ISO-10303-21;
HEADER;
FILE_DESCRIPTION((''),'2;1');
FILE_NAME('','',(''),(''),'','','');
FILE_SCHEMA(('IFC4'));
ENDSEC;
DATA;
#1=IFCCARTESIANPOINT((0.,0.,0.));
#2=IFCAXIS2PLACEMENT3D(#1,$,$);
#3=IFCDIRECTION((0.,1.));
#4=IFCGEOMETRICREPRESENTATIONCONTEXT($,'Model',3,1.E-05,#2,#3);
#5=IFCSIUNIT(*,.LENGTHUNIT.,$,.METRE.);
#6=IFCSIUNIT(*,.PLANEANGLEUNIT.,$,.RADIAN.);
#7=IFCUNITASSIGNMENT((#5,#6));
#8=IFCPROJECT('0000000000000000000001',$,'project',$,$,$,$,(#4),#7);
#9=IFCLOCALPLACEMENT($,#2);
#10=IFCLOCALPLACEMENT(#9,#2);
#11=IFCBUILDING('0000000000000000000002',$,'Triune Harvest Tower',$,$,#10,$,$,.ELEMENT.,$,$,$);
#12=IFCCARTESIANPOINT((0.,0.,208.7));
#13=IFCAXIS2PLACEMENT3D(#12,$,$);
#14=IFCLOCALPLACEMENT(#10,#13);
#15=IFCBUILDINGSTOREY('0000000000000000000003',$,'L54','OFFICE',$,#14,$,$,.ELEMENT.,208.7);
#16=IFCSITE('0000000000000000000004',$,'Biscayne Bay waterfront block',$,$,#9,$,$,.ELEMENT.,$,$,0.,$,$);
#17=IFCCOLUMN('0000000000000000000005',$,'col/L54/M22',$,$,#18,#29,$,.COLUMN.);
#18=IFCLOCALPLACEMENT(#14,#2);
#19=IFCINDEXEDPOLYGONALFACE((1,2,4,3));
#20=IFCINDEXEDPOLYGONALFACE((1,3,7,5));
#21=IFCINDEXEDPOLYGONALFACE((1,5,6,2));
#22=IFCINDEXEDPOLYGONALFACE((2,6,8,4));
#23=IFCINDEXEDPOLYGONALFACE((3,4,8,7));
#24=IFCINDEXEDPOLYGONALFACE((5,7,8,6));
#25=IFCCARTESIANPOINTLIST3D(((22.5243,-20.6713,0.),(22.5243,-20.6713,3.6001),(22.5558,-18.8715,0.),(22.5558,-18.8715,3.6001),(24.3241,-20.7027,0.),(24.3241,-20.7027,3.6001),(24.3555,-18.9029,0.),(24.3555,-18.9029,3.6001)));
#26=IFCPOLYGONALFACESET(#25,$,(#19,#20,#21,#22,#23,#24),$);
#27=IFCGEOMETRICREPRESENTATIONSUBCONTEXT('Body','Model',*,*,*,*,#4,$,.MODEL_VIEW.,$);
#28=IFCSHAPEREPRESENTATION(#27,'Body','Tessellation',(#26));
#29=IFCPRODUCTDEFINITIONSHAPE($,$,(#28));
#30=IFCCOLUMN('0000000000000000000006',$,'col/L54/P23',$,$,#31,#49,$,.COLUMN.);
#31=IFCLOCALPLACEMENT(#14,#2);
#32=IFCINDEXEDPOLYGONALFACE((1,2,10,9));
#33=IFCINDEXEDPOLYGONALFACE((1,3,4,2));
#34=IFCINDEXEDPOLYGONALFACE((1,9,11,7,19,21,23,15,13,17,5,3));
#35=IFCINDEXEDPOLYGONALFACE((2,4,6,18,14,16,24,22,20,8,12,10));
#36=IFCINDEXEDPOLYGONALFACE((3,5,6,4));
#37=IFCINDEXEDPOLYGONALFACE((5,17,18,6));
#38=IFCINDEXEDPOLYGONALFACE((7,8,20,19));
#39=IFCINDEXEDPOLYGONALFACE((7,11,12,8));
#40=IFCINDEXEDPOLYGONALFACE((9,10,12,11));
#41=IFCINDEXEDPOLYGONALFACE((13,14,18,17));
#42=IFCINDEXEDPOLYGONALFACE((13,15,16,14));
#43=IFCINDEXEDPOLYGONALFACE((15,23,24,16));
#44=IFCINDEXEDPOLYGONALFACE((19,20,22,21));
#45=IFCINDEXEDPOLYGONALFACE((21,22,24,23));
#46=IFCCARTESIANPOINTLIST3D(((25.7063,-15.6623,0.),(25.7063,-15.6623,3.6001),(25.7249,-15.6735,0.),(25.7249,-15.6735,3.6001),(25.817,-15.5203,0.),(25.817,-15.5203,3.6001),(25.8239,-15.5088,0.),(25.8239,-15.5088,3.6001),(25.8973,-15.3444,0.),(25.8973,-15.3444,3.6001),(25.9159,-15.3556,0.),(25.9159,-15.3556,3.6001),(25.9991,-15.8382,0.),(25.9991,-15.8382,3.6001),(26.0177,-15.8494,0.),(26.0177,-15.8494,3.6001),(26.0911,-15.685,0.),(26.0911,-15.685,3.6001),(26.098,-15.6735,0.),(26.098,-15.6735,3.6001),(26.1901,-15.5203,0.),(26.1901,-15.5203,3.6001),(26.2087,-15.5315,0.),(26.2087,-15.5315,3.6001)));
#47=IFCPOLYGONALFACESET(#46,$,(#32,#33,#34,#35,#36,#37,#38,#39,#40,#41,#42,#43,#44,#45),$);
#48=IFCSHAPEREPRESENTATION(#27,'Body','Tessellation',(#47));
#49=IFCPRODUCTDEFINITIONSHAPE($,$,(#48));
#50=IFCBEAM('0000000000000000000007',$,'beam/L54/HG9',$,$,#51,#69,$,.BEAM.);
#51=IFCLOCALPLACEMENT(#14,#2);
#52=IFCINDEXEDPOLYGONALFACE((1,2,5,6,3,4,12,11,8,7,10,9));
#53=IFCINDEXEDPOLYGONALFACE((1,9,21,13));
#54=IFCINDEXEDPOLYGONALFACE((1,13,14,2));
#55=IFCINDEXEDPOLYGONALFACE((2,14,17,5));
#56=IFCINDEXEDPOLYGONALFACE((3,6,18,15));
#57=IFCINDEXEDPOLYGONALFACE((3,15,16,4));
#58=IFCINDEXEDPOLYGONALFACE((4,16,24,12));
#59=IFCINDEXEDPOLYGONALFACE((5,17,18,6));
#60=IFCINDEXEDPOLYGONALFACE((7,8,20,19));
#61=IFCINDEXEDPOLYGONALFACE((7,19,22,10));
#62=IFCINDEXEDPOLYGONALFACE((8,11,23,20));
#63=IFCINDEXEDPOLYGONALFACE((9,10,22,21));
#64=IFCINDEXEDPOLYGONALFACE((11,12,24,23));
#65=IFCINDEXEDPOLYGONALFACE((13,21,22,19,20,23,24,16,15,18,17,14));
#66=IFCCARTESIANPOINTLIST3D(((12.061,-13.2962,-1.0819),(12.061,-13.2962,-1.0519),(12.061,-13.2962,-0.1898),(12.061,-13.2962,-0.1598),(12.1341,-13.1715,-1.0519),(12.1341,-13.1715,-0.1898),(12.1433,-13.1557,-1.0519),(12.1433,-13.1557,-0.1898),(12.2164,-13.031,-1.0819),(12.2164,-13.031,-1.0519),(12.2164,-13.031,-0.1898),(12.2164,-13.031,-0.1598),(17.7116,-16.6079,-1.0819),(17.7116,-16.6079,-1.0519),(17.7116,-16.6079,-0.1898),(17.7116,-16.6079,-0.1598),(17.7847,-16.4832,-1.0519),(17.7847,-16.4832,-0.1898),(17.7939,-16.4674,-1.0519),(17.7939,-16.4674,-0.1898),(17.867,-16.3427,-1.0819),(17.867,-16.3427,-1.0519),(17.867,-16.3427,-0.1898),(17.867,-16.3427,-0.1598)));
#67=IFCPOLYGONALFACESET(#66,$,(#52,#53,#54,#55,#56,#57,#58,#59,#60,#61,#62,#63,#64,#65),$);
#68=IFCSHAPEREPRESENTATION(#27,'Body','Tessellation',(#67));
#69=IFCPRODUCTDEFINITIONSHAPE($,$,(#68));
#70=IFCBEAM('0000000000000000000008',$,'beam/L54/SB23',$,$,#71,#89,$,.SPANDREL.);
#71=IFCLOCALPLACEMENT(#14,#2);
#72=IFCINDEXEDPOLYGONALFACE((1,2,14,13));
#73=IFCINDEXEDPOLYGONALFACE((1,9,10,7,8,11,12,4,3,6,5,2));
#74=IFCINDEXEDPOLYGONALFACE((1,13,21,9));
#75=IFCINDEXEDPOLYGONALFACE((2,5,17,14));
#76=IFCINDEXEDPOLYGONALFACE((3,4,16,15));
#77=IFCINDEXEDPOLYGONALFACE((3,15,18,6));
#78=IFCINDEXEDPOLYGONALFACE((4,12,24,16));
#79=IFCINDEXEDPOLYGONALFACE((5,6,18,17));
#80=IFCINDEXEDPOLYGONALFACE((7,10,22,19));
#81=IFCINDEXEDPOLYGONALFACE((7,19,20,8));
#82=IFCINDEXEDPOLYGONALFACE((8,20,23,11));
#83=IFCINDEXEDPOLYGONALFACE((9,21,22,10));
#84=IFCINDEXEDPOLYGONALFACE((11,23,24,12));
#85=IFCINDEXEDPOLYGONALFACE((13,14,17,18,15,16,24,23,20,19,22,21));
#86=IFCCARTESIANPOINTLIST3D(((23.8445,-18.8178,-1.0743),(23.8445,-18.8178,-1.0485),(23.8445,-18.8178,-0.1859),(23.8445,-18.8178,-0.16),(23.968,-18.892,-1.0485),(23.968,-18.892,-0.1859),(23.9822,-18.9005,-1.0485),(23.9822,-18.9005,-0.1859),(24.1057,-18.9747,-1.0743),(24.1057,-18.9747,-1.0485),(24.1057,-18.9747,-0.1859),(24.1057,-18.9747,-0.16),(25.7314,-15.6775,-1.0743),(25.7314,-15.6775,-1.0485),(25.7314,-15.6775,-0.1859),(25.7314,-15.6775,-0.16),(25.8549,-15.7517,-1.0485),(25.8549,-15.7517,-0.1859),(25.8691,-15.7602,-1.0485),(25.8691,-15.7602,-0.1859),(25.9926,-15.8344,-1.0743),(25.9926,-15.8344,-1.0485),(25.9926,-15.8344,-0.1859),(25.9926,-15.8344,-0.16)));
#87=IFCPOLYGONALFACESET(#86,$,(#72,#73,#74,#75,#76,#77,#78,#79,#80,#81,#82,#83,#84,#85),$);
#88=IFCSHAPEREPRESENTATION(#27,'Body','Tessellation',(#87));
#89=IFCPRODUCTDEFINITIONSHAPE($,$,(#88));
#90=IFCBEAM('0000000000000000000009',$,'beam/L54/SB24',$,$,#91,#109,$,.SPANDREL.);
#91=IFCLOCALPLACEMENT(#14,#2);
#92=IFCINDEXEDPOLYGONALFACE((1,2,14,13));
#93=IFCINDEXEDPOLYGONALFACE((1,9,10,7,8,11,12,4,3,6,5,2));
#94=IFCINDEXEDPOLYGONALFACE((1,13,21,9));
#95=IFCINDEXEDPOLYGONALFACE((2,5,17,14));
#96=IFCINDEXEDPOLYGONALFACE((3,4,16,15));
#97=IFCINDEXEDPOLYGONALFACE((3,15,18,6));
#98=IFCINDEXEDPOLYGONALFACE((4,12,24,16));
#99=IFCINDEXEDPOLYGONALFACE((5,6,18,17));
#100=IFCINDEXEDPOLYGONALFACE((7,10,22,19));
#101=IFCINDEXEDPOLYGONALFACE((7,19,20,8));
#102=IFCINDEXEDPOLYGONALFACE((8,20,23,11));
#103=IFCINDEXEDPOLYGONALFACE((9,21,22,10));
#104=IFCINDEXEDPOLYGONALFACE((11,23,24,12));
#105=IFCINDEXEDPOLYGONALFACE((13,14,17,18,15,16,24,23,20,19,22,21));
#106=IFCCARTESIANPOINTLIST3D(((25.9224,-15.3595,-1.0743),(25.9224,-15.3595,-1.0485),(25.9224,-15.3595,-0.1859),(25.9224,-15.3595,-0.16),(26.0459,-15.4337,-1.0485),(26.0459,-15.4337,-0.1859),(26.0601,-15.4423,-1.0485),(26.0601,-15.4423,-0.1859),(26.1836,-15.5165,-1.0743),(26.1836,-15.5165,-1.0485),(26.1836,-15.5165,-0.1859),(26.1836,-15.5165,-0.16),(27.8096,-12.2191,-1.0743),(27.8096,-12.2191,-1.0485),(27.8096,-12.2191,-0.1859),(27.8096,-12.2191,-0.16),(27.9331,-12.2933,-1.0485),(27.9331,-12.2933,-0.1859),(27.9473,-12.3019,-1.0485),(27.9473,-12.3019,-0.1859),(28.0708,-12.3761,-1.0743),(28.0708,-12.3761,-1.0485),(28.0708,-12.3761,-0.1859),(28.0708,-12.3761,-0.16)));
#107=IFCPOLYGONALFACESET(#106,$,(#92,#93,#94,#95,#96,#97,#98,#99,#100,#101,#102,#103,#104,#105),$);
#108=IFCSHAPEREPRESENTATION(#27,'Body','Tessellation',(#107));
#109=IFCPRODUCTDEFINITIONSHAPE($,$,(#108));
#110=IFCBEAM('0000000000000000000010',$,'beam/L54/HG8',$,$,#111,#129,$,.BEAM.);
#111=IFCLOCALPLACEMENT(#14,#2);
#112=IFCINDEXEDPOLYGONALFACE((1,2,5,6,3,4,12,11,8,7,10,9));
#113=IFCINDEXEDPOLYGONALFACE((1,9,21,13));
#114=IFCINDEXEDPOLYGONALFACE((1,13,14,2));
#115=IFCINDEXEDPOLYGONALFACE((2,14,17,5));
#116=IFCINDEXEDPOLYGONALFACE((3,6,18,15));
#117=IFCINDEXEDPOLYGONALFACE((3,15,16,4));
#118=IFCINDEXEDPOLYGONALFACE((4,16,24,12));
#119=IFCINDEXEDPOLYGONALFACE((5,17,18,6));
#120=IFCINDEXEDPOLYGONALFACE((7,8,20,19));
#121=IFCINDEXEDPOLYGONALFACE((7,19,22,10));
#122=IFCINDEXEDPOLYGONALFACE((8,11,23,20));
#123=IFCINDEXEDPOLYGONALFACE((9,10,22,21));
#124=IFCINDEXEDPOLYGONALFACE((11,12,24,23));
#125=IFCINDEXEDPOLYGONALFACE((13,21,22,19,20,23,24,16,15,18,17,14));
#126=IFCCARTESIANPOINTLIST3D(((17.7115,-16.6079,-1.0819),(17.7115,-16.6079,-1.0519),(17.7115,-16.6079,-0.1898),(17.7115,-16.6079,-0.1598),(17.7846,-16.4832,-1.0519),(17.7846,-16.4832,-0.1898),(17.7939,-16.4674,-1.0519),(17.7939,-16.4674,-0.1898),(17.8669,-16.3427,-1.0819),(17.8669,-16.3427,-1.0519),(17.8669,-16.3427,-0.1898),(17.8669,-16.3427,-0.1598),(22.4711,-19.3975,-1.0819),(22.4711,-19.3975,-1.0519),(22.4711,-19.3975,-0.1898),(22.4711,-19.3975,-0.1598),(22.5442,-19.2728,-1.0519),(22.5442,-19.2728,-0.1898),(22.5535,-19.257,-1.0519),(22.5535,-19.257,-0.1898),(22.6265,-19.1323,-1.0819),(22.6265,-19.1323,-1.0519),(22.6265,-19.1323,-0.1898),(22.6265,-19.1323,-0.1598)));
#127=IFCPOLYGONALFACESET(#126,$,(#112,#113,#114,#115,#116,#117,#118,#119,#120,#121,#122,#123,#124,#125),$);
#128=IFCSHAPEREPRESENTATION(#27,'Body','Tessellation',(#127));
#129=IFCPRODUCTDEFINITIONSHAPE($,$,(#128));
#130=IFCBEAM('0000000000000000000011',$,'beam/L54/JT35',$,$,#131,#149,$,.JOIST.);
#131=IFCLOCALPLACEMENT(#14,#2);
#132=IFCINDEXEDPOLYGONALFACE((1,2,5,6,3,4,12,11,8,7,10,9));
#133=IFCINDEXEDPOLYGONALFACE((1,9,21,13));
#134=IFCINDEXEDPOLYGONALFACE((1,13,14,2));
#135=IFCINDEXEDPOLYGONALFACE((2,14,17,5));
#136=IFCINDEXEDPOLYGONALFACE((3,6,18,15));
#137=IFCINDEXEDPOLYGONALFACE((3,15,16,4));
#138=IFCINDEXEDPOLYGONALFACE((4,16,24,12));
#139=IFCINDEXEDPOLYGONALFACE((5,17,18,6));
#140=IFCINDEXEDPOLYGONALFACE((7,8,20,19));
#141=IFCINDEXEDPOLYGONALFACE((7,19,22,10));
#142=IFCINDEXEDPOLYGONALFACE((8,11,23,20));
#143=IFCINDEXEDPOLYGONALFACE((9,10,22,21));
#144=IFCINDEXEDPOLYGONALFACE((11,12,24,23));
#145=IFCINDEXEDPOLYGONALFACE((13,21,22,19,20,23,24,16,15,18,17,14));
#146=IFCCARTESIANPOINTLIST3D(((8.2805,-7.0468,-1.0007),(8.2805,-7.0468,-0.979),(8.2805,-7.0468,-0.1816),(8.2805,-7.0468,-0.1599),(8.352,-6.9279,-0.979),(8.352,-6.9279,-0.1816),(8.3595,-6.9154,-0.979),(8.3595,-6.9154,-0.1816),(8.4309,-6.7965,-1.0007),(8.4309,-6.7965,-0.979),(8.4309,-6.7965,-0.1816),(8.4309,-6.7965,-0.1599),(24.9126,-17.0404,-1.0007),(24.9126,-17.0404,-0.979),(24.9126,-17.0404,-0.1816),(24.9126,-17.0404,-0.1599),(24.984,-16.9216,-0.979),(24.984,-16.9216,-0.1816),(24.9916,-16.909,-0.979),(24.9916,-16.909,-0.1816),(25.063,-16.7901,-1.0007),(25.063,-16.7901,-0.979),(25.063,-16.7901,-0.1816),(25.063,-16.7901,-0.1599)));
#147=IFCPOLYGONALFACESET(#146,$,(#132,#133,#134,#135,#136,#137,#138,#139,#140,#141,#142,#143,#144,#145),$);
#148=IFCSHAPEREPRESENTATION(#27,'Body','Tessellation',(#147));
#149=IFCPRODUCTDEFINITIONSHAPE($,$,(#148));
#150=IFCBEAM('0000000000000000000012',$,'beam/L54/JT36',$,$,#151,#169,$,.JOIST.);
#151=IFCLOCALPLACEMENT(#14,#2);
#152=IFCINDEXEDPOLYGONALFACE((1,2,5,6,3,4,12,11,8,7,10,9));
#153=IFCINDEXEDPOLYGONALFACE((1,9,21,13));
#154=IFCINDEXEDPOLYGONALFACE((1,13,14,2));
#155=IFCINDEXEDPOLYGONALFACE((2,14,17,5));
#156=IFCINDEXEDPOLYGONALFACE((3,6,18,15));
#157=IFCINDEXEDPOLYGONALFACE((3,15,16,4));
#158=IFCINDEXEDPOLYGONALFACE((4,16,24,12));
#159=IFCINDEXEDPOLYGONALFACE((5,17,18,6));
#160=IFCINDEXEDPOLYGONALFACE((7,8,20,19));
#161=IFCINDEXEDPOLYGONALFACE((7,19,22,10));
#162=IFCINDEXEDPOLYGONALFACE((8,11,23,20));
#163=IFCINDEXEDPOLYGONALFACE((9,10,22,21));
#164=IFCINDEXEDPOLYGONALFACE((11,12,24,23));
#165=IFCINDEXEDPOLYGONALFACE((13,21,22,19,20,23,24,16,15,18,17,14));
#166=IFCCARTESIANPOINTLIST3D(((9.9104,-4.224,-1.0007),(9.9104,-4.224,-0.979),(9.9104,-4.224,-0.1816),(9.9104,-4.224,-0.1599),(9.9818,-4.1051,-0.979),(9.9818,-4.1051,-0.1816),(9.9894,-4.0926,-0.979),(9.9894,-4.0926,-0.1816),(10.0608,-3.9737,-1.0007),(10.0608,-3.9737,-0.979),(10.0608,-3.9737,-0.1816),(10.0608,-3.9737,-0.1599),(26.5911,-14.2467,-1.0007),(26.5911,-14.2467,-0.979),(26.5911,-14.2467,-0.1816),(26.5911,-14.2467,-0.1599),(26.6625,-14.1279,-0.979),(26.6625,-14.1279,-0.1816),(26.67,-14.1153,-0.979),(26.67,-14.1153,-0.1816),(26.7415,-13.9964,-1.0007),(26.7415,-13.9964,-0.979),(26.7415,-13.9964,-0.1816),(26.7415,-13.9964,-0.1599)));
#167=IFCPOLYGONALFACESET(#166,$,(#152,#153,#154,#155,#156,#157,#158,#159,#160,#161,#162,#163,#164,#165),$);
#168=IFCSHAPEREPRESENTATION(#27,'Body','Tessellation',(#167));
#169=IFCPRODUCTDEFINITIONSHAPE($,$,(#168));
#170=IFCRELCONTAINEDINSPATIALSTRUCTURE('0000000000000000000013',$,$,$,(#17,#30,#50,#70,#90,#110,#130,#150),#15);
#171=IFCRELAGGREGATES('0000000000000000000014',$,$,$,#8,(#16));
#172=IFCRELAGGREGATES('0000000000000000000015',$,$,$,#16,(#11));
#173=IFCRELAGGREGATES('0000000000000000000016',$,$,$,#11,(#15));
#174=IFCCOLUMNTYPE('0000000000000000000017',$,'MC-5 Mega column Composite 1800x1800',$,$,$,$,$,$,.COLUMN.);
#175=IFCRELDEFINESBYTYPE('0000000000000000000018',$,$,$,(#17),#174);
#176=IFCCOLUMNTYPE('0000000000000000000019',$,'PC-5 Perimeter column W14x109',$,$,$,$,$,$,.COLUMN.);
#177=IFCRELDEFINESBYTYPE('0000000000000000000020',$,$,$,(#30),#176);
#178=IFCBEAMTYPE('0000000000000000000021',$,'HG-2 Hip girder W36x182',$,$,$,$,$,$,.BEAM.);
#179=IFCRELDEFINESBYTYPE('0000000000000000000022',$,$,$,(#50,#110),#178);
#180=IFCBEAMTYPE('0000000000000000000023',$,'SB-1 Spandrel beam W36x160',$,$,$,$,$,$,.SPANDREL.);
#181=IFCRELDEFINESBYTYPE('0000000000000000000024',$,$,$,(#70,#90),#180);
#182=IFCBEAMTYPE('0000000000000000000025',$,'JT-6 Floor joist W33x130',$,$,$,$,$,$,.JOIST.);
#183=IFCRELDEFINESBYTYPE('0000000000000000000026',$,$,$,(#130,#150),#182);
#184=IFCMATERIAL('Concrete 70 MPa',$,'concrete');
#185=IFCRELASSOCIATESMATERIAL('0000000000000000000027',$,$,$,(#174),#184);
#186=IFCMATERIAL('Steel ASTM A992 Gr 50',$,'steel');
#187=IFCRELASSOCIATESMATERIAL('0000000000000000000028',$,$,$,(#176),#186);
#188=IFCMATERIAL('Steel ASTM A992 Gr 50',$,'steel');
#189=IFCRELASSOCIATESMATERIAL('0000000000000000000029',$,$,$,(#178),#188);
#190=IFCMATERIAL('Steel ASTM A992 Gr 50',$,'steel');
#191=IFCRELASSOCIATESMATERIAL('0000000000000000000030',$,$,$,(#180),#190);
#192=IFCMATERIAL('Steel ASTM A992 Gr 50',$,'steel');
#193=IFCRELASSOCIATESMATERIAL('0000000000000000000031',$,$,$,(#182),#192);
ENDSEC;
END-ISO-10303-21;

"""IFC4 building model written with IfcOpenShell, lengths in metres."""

from ifc_helpers import new_model, si_unit, direction, frame, origin, origin_2d, place, context, subcontext, project, spatial, rectangle, i_section, extrude, source, transform, mapped, material, material_profile, profile_set, type_object, element, save


model = new_model("IFC4")

# Units and contexts
model_context = context("Model", 3, precision=1e-05, world=origin(), true_north=direction((0.0, 1.0)))
body_context = subcontext(model_context, "Body", "Model", "MODEL_VIEW")
ifc_project = project(units=[si_unit("LENGTHUNIT", "METRE"), si_unit("PLANEANGLEUNIT", "RADIAN")], contexts=[model_context])

# Site, building, storey
site_placement = place(None, origin())
site = spatial("IfcSite", under=ifc_project, at=site_placement, Name="Biscayne Bay waterfront block", CompositionType="ELEMENT", RefElevation=0.0)
building_placement = place(site_placement, origin())
building = spatial("IfcBuilding", under=site, at=building_placement, Name="Triune Harvest Tower", CompositionType="ELEMENT")
storey_placement = place(building_placement, frame((0.0, 0.0, 208.7)))
storey = spatial("IfcBuildingStorey", under=building, at=storey_placement, Name="L54", Description="OFFICE", CompositionType="ELEMENT", Elevation=208.7)

# Columns
ifc_material_1 = material(Name="Concrete 70 MPa", Category="concrete")
ifc_material_profile_1 = material_profile(ifc_material_1, rectangle(XDim=1.8, YDim=1.8, at=origin_2d()), Name="Composite 1800x1800")
ifc_profile_set_1 = profile_set([ifc_material_profile_1], Name="Concrete 70 MPa")
column_type_1 = type_object("IfcColumnType", Name="MC-5 Mega column Composite 1800x1800", PredefinedType="COLUMN", material=ifc_profile_set_1)
shared_shape_1 = source(origin(), body_context, "Body", "SweptSolid", [
    extrude(rectangle(XDim=1.8, YDim=1.8, at=origin_2d()), origin(), (0.0, 0.0, 1.0), 3.6001),
])
column_1_placement = place(storey_placement, frame((23.4399, -19.7871, 0.0), z_axis=(0.0, 0.0, 1.0), x_axis=(0.999848, -0.017452, 0.0)))
element("IfcColumn", 1, at=column_1_placement, inside=storey, type_object=column_type_1, Name="col/L54/M22", PredefinedType="COLUMN", context=body_context, shape_type="MappedRepresentation", body=[
    mapped(shared_shape_1, transform((0.0, 0.0, 0.0), scale=1.0)),
])
ifc_material_2 = material(Name="Steel ASTM A992 Gr 50", Category="steel")
ifc_material_profile_2 = material_profile(ifc_material_2, i_section(OverallWidth=0.3708, OverallDepth=0.3633, WebThickness=0.0134, FlangeThickness=0.0217, at=origin_2d()), Name="W14x109")
ifc_profile_set_2 = profile_set([ifc_material_profile_2], Name="Steel ASTM A992 Gr 50")
column_type_2 = type_object("IfcColumnType", Name="PC-5 Perimeter column W14x109", PredefinedType="COLUMN", material=ifc_profile_set_2)
shared_shape_2 = source(origin(), body_context, "Body", "SweptSolid", [
    extrude(i_section(OverallWidth=0.3708, OverallDepth=0.3633, WebThickness=0.0134, FlangeThickness=0.0217, at=origin_2d()), origin(), (0.0, 0.0, 1.0), 3.6001),
])
column_2_placement = place(storey_placement, frame((25.9575, -15.5969, 0.0), z_axis=(0.0, 0.0, 1.0), x_axis=(0.51504, 0.857166, 0.0)))
element("IfcColumn", 2, at=column_2_placement, inside=storey, type_object=column_type_2, Name="col/L54/P23", PredefinedType="COLUMN", context=body_context, shape_type="MappedRepresentation", body=[
    mapped(shared_shape_2, transform((0.0, 0.0, 0.0), scale=1.0)),
])

# Beams
ifc_material_3 = material(Name="Steel ASTM A992 Gr 50", Category="steel")
ifc_material_profile_3 = material_profile(ifc_material_3, i_section(OverallWidth=0.3074, OverallDepth=0.9221, WebThickness=0.0183, FlangeThickness=0.03, at=origin_2d()), Name="W36x182")
ifc_profile_set_3 = profile_set([ifc_material_profile_3], Name="Steel ASTM A992 Gr 50")
beam_type_1 = type_object("IfcBeamType", Name="HG-2 Hip girder W36x182", PredefinedType="BEAM", material=ifc_profile_set_3)
shared_shape_3 = source(origin(), body_context, "Body", "SweptSolid", [
    extrude(i_section(OverallWidth=0.3074, OverallDepth=0.9221, WebThickness=0.0183, FlangeThickness=0.03, at=origin_2d()), origin(), (0.0, 0.0, 1.0), 6.5496),
])
beam_1_placement = place(storey_placement, frame((17.7893, -16.4753, -0.6208), z_axis=(-0.862743, 0.505643, 0.0), x_axis=(-0.505643, -0.862743, 0.0)))
element("IfcBeam", 3, at=beam_1_placement, inside=storey, type_object=beam_type_1, Name="beam/L54/HG9", PredefinedType="BEAM", context=body_context, shape_type="MappedRepresentation", body=[
    mapped(shared_shape_3, transform((0.0, 0.0, 0.0), scale=1.0)),
])
ifc_material_4 = material(Name="Steel ASTM A992 Gr 50", Category="steel")
ifc_material_profile_4 = material_profile(ifc_material_4, i_section(OverallWidth=0.3047, OverallDepth=0.9143, WebThickness=0.0166, FlangeThickness=0.0259, at=origin_2d()), Name="W36x160")
ifc_profile_set_4 = profile_set([ifc_material_profile_4], Name="Steel ASTM A992 Gr 50")
beam_type_2 = type_object("IfcBeamType", Name="SB-1 Spandrel beam W36x160", PredefinedType="SPANDREL", material=ifc_profile_set_4)
shared_shape_4 = source(origin(), body_context, "Body", "SweptSolid", [
    extrude(i_section(OverallWidth=0.3047, OverallDepth=0.9143, WebThickness=0.0166, FlangeThickness=0.0259, at=origin_2d()), origin(), (0.0, 0.0, 1.0), 3.6636),
])
beam_2_placement = place(storey_placement, frame((23.9751, -18.8962, -0.6172), z_axis=(0.515044, 0.857163, 0.0), x_axis=(-0.857163, 0.515044, 0.0)))
element("IfcBeam", 4, at=beam_2_placement, inside=storey, type_object=beam_type_2, Name="beam/L54/SB23", PredefinedType="SPANDREL", context=body_context, shape_type="MappedRepresentation", body=[
    mapped(shared_shape_4, transform((0.0, 0.0, 0.0), scale=1.0)),
])
shared_shape_5 = source(origin(), body_context, "Body", "SweptSolid", [
    extrude(i_section(OverallWidth=0.3047, OverallDepth=0.9143, WebThickness=0.0166, FlangeThickness=0.0259, at=origin_2d()), origin(), (0.0, 0.0, 1.0), 3.6638),
])
beam_3_placement = place(storey_placement, frame((26.053, -15.438, -0.6172), z_axis=(0.515093, 0.857134, 0.0), x_axis=(-0.857134, 0.515093, 0.0)))
element("IfcBeam", 5, at=beam_3_placement, inside=storey, type_object=beam_type_2, Name="beam/L54/SB24", PredefinedType="SPANDREL", context=body_context, shape_type="MappedRepresentation", body=[
    mapped(shared_shape_5, transform((0.0, 0.0, 0.0), scale=1.0)),
])
shared_shape_6 = source(origin(), body_context, "Body", "SweptSolid", [
    extrude(i_section(OverallWidth=0.3074, OverallDepth=0.9221, WebThickness=0.0183, FlangeThickness=0.03, at=origin_2d()), origin(), (0.0, 0.0, 1.0), 5.5168),
])
beam_4_placement = place(storey_placement, frame((22.5488, -19.2649, -0.6208), z_axis=(-0.862739, 0.50565, 0.0), x_axis=(-0.50565, -0.862739, 0.0)))
element("IfcBeam", 6, at=beam_4_placement, inside=storey, type_object=beam_type_1, Name="beam/L54/HG8", PredefinedType="BEAM", context=body_context, shape_type="MappedRepresentation", body=[
    mapped(shared_shape_6, transform((0.0, 0.0, 0.0), scale=1.0)),
])
ifc_material_5 = material(Name="Steel ASTM A992 Gr 50", Category="steel")
ifc_material_profile_5 = material_profile(ifc_material_5, i_section(OverallWidth=0.292, OverallDepth=0.8408, WebThickness=0.0146, FlangeThickness=0.0217, at=origin_2d()), Name="W33x130")
ifc_profile_set_5 = profile_set([ifc_material_profile_5], Name="Steel ASTM A992 Gr 50")
beam_type_3 = type_object("IfcBeamType", Name="JT-6 Floor joist W33x130", PredefinedType="JOIST", material=ifc_profile_set_5)
shared_shape_7 = source(origin(), body_context, "Body", "SweptSolid", [
    extrude(i_section(OverallWidth=0.292, OverallDepth=0.8408, WebThickness=0.0146, FlangeThickness=0.0217, at=origin_2d()), origin(), (0.0, 0.0, 1.0), 19.4036),
])
beam_5_placement = place(storey_placement, frame((24.9878, -16.9153, -0.5803), z_axis=(-0.857165, 0.515041, 0.0), x_axis=(-0.515041, -0.857165, 0.0)))
element("IfcBeam", 7, at=beam_5_placement, inside=storey, type_object=beam_type_3, Name="beam/L54/JT35", PredefinedType="JOIST", context=body_context, shape_type="MappedRepresentation", body=[
    mapped(shared_shape_7, transform((0.0, 0.0, 0.0), scale=1.0)),
])
shared_shape_8 = source(origin(), body_context, "Body", "SweptSolid", [
    extrude(i_section(OverallWidth=0.292, OverallDepth=0.8408, WebThickness=0.0146, FlangeThickness=0.0217, at=origin_2d()), origin(), (0.0, 0.0, 1.0), 19.4602),
])
beam_6_placement = place(storey_placement, frame((26.6663, -14.1216, -0.5803), z_axis=(-0.857168, 0.515036, 0.0), x_axis=(-0.515036, -0.857168, 0.0)))
element("IfcBeam", 8, at=beam_6_placement, inside=storey, type_object=beam_type_3, Name="beam/L54/JT36", PredefinedType="JOIST", context=body_context, shape_type="MappedRepresentation", body=[
    mapped(shared_shape_8, transform((0.0, 0.0, 0.0), scale=1.0)),
])

save(model, "model.ifc")
